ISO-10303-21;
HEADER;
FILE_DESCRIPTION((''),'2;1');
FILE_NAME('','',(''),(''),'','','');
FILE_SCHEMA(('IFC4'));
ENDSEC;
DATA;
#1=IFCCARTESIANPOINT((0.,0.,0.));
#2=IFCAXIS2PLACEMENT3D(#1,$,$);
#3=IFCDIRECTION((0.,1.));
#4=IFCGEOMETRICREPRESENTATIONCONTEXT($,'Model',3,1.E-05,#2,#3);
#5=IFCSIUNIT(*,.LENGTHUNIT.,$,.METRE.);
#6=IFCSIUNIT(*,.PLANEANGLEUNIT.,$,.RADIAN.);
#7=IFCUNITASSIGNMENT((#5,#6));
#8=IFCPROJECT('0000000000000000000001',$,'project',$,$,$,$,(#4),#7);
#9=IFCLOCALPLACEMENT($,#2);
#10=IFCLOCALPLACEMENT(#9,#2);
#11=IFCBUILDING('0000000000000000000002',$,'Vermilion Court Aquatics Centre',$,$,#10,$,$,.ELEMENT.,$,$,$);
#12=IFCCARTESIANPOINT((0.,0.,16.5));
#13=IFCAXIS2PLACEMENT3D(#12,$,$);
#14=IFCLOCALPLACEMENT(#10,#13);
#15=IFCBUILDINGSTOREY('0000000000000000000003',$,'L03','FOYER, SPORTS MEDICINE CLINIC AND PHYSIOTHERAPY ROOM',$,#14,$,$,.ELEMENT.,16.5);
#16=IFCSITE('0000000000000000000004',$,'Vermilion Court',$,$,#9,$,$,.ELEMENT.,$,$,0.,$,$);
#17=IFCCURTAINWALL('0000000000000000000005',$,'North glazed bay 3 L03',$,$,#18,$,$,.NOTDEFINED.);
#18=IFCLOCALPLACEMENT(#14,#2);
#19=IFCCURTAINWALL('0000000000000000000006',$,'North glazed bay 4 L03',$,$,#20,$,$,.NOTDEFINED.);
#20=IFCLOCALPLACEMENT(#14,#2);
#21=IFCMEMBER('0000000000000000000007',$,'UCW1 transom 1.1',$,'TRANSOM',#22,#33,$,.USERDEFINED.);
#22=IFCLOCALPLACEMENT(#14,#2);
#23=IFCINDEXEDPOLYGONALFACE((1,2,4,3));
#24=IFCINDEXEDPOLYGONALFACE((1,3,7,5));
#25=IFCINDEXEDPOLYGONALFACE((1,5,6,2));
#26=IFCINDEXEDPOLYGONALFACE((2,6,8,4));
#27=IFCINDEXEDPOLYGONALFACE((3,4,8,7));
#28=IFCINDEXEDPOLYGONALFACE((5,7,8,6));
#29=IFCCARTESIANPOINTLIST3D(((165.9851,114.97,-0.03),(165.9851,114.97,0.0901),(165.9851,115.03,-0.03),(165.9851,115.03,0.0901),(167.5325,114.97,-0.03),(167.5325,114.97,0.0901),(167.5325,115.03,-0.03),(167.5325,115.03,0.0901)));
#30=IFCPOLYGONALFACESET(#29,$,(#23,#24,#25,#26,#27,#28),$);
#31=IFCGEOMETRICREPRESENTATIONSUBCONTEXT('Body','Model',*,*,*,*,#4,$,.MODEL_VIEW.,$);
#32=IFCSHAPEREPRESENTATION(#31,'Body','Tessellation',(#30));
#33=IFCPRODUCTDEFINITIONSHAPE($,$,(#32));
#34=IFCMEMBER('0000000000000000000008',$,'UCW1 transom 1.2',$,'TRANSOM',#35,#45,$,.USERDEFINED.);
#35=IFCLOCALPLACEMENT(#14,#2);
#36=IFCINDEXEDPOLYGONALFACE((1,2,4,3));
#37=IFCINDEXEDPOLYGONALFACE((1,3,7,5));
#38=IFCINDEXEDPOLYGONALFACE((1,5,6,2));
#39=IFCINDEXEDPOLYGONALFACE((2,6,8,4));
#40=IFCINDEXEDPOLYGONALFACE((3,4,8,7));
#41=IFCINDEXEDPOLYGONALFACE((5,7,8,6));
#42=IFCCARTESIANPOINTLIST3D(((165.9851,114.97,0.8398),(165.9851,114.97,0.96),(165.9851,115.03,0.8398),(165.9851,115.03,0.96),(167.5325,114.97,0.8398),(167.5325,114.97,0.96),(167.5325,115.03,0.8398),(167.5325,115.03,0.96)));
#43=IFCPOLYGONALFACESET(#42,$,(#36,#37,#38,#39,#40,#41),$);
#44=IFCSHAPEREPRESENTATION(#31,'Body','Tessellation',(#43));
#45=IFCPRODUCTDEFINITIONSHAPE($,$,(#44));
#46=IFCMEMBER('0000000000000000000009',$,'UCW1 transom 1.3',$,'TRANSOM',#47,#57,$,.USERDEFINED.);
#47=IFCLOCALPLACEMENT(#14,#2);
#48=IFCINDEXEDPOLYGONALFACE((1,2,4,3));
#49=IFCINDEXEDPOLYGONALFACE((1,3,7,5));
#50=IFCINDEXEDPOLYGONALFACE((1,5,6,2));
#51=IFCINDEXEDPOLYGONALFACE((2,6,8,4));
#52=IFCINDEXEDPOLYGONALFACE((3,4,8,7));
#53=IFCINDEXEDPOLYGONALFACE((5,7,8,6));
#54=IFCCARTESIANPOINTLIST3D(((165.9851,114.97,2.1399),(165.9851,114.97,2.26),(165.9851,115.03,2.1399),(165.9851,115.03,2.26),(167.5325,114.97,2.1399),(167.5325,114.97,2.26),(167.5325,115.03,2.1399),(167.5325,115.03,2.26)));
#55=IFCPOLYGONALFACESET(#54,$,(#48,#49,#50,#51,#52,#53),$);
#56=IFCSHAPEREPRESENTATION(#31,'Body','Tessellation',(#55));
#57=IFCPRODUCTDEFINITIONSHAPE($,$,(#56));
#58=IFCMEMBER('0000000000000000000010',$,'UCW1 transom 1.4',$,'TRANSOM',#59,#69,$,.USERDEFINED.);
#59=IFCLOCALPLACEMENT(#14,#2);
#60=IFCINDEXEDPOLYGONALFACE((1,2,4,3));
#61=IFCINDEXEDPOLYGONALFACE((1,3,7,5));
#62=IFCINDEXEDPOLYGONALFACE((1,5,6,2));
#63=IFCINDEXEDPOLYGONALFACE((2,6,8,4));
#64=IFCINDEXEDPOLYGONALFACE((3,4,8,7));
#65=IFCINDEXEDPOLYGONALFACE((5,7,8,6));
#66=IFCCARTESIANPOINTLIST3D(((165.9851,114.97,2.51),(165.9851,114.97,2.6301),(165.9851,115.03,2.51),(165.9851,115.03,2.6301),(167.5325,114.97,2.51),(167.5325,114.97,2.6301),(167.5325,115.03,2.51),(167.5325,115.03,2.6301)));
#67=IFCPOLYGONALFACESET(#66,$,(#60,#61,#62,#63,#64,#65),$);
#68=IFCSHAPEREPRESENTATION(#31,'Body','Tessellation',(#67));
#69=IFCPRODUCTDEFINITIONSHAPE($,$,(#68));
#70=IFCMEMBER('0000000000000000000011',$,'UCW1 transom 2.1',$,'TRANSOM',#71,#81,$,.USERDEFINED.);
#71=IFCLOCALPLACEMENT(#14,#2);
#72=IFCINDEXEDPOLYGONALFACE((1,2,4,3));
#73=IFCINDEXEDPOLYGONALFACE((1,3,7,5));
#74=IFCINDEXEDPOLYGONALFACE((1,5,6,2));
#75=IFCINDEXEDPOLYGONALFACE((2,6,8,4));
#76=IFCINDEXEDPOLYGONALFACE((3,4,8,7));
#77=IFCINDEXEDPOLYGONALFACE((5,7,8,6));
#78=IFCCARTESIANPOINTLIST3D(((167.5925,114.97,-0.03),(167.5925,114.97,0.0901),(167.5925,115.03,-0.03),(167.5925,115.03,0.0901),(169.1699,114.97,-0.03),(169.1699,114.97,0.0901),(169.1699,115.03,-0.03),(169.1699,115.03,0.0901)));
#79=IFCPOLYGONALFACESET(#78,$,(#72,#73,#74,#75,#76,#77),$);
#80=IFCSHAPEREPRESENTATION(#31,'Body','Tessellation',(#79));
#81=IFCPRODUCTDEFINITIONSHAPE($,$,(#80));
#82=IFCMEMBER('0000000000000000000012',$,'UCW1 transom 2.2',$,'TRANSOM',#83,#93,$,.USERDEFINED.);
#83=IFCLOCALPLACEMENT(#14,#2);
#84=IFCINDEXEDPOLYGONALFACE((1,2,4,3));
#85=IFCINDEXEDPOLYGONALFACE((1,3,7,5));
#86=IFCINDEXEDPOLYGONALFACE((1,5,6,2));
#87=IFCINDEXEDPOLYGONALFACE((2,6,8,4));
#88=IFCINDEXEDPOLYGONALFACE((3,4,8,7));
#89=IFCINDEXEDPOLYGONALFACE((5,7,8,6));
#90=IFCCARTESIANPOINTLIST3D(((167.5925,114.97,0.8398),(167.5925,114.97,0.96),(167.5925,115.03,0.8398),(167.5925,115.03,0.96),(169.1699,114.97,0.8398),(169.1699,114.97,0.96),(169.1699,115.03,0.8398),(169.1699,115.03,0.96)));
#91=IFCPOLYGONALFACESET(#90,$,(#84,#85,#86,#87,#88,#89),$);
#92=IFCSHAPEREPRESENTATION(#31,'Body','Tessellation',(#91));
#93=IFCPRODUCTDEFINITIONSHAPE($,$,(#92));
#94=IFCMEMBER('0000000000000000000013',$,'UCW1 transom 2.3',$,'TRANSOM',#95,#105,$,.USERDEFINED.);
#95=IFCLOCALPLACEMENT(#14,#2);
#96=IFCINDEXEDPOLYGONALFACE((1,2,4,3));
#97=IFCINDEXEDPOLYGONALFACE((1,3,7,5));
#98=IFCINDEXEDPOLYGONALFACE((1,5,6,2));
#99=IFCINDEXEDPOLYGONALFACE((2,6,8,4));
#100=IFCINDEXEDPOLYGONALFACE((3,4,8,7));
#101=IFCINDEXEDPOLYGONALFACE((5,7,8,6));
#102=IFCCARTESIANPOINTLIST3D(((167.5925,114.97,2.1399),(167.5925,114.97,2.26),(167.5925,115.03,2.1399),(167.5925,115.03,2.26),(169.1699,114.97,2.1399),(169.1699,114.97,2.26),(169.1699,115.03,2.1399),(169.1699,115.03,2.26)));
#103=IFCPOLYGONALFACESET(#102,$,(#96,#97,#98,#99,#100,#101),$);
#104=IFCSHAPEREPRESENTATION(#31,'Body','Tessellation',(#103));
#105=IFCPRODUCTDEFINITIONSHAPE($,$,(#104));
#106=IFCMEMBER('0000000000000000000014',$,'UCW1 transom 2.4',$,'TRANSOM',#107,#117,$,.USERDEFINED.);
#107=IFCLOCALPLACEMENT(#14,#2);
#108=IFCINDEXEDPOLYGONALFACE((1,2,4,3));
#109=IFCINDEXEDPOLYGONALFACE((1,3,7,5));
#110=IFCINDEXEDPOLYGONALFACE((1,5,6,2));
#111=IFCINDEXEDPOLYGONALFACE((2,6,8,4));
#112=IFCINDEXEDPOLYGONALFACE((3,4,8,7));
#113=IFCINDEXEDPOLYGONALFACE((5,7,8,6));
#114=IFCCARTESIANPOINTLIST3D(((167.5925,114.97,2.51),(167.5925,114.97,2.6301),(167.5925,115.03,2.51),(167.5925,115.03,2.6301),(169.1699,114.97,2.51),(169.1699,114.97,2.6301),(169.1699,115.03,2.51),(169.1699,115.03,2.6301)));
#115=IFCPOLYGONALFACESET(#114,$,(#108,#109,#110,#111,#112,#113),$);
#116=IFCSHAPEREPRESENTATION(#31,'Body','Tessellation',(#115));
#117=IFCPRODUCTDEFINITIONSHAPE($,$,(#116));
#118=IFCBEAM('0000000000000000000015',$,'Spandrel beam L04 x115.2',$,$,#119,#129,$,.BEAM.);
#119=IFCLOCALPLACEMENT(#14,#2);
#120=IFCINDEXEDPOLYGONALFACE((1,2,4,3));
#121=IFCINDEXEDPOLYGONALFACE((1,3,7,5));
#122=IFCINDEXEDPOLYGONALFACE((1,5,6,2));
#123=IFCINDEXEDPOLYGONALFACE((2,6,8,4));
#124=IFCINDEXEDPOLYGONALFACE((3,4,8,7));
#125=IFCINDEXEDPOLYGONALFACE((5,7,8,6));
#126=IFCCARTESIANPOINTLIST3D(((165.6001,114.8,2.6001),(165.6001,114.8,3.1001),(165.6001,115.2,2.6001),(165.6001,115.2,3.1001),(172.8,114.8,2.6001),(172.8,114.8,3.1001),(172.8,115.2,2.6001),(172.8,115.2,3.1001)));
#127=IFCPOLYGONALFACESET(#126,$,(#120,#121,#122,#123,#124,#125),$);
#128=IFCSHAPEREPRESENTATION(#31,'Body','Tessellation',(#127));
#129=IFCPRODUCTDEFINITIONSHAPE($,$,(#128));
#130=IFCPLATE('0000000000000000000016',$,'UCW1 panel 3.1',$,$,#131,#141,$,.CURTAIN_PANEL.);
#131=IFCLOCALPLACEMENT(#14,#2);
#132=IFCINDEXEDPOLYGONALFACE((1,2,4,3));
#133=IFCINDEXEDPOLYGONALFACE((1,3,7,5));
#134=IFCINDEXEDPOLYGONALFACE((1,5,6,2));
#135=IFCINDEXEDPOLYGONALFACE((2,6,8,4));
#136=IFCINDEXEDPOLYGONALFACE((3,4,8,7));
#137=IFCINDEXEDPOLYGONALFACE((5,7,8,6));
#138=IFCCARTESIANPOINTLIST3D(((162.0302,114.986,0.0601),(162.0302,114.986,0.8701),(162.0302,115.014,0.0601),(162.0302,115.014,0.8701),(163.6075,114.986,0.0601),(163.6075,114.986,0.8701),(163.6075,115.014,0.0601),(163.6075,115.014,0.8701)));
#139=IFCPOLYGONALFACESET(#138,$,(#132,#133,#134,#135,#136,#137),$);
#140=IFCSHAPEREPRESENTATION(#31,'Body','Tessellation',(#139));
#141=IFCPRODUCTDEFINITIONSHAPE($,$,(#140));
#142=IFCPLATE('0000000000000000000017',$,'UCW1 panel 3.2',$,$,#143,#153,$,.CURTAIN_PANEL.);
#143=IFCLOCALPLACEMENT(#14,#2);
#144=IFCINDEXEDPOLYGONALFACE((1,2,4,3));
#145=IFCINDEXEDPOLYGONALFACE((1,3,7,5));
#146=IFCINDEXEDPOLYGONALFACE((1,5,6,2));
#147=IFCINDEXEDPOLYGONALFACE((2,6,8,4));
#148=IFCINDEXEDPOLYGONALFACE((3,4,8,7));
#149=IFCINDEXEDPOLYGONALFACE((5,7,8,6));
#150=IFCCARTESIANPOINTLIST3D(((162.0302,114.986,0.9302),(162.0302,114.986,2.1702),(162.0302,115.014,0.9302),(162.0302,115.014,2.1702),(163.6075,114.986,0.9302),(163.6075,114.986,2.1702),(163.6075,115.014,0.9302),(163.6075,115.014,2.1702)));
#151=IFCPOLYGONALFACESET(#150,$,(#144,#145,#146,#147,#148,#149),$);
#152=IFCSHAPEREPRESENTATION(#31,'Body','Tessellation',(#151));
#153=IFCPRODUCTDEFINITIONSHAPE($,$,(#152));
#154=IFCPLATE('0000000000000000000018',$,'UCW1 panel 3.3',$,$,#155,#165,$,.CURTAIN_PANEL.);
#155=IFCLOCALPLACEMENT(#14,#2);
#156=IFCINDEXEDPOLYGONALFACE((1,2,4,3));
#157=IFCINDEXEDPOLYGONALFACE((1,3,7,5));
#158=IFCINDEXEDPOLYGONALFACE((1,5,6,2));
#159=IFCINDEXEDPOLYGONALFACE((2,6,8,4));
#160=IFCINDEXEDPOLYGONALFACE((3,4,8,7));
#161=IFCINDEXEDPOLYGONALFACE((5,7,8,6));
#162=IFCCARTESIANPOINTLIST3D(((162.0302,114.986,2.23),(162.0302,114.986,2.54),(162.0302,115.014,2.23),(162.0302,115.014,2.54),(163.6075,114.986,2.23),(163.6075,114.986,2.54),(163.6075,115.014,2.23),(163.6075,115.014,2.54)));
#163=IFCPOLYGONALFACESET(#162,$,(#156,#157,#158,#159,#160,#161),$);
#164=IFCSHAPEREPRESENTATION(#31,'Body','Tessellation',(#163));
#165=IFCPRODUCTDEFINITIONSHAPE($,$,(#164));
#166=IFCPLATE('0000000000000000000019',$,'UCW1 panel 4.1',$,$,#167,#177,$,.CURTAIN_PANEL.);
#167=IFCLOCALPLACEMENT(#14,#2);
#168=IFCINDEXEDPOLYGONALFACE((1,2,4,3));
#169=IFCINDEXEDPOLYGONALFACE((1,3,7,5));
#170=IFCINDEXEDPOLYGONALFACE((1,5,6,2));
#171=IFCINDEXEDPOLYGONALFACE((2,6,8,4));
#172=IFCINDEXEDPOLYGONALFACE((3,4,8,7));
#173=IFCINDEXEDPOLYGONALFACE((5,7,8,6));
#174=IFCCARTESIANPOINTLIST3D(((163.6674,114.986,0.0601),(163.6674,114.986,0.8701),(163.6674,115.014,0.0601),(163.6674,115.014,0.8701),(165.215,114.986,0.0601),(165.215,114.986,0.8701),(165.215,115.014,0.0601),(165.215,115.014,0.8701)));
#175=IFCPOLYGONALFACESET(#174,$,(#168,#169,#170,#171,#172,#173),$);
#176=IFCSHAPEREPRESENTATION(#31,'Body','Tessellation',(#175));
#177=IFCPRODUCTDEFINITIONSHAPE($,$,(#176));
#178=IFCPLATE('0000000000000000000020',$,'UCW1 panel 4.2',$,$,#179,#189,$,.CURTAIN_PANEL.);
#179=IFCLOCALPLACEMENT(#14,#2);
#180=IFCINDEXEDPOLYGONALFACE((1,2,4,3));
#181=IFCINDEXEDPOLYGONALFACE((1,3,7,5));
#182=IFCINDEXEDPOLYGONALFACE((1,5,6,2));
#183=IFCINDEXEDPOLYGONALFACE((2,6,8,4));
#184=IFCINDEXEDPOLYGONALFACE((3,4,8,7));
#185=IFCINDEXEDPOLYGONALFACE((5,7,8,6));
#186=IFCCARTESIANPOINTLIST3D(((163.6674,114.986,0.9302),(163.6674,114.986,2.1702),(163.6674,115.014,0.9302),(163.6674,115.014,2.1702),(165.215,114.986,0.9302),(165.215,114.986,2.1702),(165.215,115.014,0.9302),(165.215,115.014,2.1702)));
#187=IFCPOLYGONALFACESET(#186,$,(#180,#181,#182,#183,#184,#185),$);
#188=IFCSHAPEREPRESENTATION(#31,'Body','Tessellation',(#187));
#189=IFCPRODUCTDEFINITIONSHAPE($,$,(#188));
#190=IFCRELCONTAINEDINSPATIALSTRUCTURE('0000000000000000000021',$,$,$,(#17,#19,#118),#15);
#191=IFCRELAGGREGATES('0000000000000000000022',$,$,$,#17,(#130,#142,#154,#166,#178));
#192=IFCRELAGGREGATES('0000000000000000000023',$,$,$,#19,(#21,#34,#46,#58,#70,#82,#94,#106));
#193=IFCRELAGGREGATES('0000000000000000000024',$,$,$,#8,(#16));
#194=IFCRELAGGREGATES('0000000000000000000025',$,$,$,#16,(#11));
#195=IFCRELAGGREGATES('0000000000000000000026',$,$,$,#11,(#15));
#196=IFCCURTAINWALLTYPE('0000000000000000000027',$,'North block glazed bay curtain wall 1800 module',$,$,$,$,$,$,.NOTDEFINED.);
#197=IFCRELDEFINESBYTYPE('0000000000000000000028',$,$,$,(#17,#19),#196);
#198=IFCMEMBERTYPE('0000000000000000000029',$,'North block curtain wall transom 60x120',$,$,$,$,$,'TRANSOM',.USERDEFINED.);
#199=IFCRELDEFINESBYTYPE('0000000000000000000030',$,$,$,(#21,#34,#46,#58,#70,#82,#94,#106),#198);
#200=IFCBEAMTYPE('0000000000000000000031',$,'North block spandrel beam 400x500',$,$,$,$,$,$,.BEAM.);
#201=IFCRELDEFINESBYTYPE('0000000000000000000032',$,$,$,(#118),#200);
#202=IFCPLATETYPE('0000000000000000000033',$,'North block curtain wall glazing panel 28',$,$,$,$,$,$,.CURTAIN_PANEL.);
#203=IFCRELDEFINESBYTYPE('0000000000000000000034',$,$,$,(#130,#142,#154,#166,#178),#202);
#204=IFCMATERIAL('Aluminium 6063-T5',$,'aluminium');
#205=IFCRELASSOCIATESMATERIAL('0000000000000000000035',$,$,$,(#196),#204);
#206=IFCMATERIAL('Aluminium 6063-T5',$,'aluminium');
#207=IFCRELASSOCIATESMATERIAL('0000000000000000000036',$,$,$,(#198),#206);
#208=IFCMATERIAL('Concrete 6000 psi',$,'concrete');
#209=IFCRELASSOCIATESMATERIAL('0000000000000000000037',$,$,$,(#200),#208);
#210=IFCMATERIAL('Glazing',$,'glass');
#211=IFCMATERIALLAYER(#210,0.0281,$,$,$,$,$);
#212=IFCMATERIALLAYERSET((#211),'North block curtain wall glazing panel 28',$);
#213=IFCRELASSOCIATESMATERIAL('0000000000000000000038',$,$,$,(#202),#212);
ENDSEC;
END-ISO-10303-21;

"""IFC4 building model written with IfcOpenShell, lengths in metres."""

from ifc_helpers import new_model, si_unit, direction, frame, origin, origin_2d, place, context, subcontext, project, spatial, rectangle, extrude, material, layer, layer_set, material_profile, profile_set, type_object, element, aggregate, save


model = new_model("IFC4")

# Units and contexts
model_context = context("Model", 3, precision=1e-05, world=origin(), true_north=direction((0.0, 1.0)))
body_context = subcontext(model_context, "Body", "Model", "MODEL_VIEW")
ifc_project = project(units=[si_unit("LENGTHUNIT", "METRE"), si_unit("PLANEANGLEUNIT", "RADIAN")], contexts=[model_context])

# Site, building, storey
site_placement = place(None, origin())
site = spatial("IfcSite", under=ifc_project, at=site_placement, Name="Vermilion Court", CompositionType="ELEMENT", RefElevation=0.0)
building_placement = place(site_placement, origin())
building = spatial("IfcBuilding", under=site, at=building_placement, Name="Vermilion Court Aquatics Centre", CompositionType="ELEMENT")
storey_placement = place(building_placement, frame((0.0, 0.0, 16.5)))
storey = spatial("IfcBuildingStorey", under=building, at=storey_placement, Name="L03", Description="FOYER, SPORTS MEDICINE CLINIC AND PHYSIOTHERAPY ROOM", CompositionType="ELEMENT", Elevation=16.5)

# Curtain walls
ifc_material_1 = material(Name="Aluminium 6063-T5", Category="aluminium")
curtain_wall_type = type_object("IfcCurtainWallType", Name="North block glazed bay curtain wall 1800 module", PredefinedType="NOTDEFINED", material=ifc_material_1)
curtain_wall_1_placement = place(storey_placement, origin())
curtain_wall_1 = element("IfcCurtainWall", 1, at=curtain_wall_1_placement, inside=storey, type_object=curtain_wall_type, Name="North glazed bay 3 L03", PredefinedType="NOTDEFINED")
curtain_wall_2_placement = place(storey_placement, origin())
curtain_wall_2 = element("IfcCurtainWall", 2, at=curtain_wall_2_placement, inside=storey, type_object=curtain_wall_type, Name="North glazed bay 4 L03", PredefinedType="NOTDEFINED")

# Members
ifc_material_2 = material(Name="Aluminium 6063-T5", Category="aluminium")
ifc_material_profile_1 = material_profile(ifc_material_2, rectangle(XDim=0.0601, YDim=0.1201, at=origin_2d()), Name="AL 60x120")
ifc_profile_set_1 = profile_set([ifc_material_profile_1], Name="Aluminium 6063-T5")
member_type_1 = type_object("IfcMemberType", Name="North block curtain wall transom 60x120", ElementType="TRANSOM", PredefinedType="USERDEFINED", material=ifc_profile_set_1)
member_1_placement = place(storey_placement, frame((165.9851, 115.0, 0.03), z_axis=(1.0, 0.0, 0.0), x_axis=(0.0, 1.0, 0.0)))
member_1 = element("IfcMember", 3, at=member_1_placement, type_object=member_type_1, Name="UCW1 transom 1.1", ObjectType="TRANSOM", PredefinedType="USERDEFINED", context=body_context, shape_type="SweptSolid", body=[
    extrude(rectangle(XDim=0.0601, YDim=0.1201, at=origin_2d()), origin(), (0.0, 0.0, 1.0), 1.5474),
])
member_2_placement = place(storey_placement, frame((165.9851, 115.0, 0.8999), z_axis=(1.0, 0.0, 0.0), x_axis=(0.0, 1.0, 0.0)))
member_2 = element("IfcMember", 4, at=member_2_placement, type_object=member_type_1, Name="UCW1 transom 1.2", ObjectType="TRANSOM", PredefinedType="USERDEFINED", context=body_context, shape_type="SweptSolid", body=[
    extrude(rectangle(XDim=0.0601, YDim=0.1201, at=origin_2d()), origin(), (0.0, 0.0, 1.0), 1.5474),
])
member_3_placement = place(storey_placement, frame((165.9851, 115.0, 2.2), z_axis=(1.0, 0.0, 0.0), x_axis=(0.0, 1.0, 0.0)))
member_3 = element("IfcMember", 5, at=member_3_placement, type_object=member_type_1, Name="UCW1 transom 1.3", ObjectType="TRANSOM", PredefinedType="USERDEFINED", context=body_context, shape_type="SweptSolid", body=[
    extrude(rectangle(XDim=0.0601, YDim=0.1201, at=origin_2d()), origin(), (0.0, 0.0, 1.0), 1.5474),
])
member_4_placement = place(storey_placement, frame((165.9851, 115.0, 2.5701), z_axis=(1.0, 0.0, 0.0), x_axis=(0.0, 1.0, 0.0)))
member_4 = element("IfcMember", 6, at=member_4_placement, type_object=member_type_1, Name="UCW1 transom 1.4", ObjectType="TRANSOM", PredefinedType="USERDEFINED", context=body_context, shape_type="SweptSolid", body=[
    extrude(rectangle(XDim=0.0601, YDim=0.1201, at=origin_2d()), origin(), (0.0, 0.0, 1.0), 1.5474),
])
member_5_placement = place(storey_placement, frame((167.5925, 115.0, 0.03), z_axis=(1.0, 0.0, 0.0), x_axis=(0.0, 1.0, 0.0)))
member_5 = element("IfcMember", 7, at=member_5_placement, type_object=member_type_1, Name="UCW1 transom 2.1", ObjectType="TRANSOM", PredefinedType="USERDEFINED", context=body_context, shape_type="SweptSolid", body=[
    extrude(rectangle(XDim=0.0601, YDim=0.1201, at=origin_2d()), origin(), (0.0, 0.0, 1.0), 1.5774),
])
member_6_placement = place(storey_placement, frame((167.5925, 115.0, 0.8999), z_axis=(1.0, 0.0, 0.0), x_axis=(0.0, 1.0, 0.0)))
member_6 = element("IfcMember", 8, at=member_6_placement, type_object=member_type_1, Name="UCW1 transom 2.2", ObjectType="TRANSOM", PredefinedType="USERDEFINED", context=body_context, shape_type="SweptSolid", body=[
    extrude(rectangle(XDim=0.0601, YDim=0.1201, at=origin_2d()), origin(), (0.0, 0.0, 1.0), 1.5774),
])
member_7_placement = place(storey_placement, frame((167.5925, 115.0, 2.2), z_axis=(1.0, 0.0, 0.0), x_axis=(0.0, 1.0, 0.0)))
member_7 = element("IfcMember", 9, at=member_7_placement, type_object=member_type_1, Name="UCW1 transom 2.3", ObjectType="TRANSOM", PredefinedType="USERDEFINED", context=body_context, shape_type="SweptSolid", body=[
    extrude(rectangle(XDim=0.0601, YDim=0.1201, at=origin_2d()), origin(), (0.0, 0.0, 1.0), 1.5774),
])
member_8_placement = place(storey_placement, frame((167.5925, 115.0, 2.5701), z_axis=(1.0, 0.0, 0.0), x_axis=(0.0, 1.0, 0.0)))
member_8 = element("IfcMember", 10, at=member_8_placement, type_object=member_type_1, Name="UCW1 transom 2.4", ObjectType="TRANSOM", PredefinedType="USERDEFINED", context=body_context, shape_type="SweptSolid", body=[
    extrude(rectangle(XDim=0.0601, YDim=0.1201, at=origin_2d()), origin(), (0.0, 0.0, 1.0), 1.5774),
])

# Beam
ifc_material_3 = material(Name="Concrete 6000 psi", Category="concrete")
ifc_material_profile_2 = material_profile(ifc_material_3, rectangle(XDim=0.3999, YDim=0.5, at=origin_2d()), Name="RC 400x500")
ifc_profile_set_2 = profile_set([ifc_material_profile_2], Name="Concrete 6000 psi")
beam_type = type_object("IfcBeamType", Name="North block spandrel beam 400x500", PredefinedType="BEAM", material=ifc_profile_set_2)
beam_placement = place(storey_placement, frame((165.6001, 115.0, 2.8501), z_axis=(1.0, 0.0, 0.0), x_axis=(0.0, 1.0, 0.0)))
element("IfcBeam", 11, at=beam_placement, inside=storey, type_object=beam_type, Name="Spandrel beam L04 x115.2", PredefinedType="BEAM", context=body_context, shape_type="SweptSolid", body=[
    extrude(rectangle(XDim=0.3999, YDim=0.5, at=origin_2d()), origin(), (0.0, 0.0, 1.0), 7.2),
])

# Plates
ifc_material_4 = material(Name="Glazing", Category="glass")
ifc_layer = layer(ifc_material_4, 0.0281)
ifc_layer_set = layer_set([ifc_layer], Name="North block curtain wall glazing panel 28")
plate_type = type_object("IfcPlateType", Name="North block curtain wall glazing panel 28", PredefinedType="CURTAIN_PANEL", material=ifc_layer_set)
plate_1_placement = place(storey_placement, frame((162.8188, 115.0, 0.0601), z_axis=(0.0, 0.0, 1.0), x_axis=(1.0, 0.0, 0.0)))
plate_1 = element("IfcPlate", 12, at=plate_1_placement, type_object=plate_type, Name="UCW1 panel 3.1", PredefinedType="CURTAIN_PANEL", context=body_context, shape_type="SweptSolid", body=[
    extrude(rectangle(XDim=1.5774, YDim=0.0281, at=origin_2d()), origin(), (0.0, 0.0, 1.0), 0.8101),
])
plate_2_placement = place(storey_placement, frame((162.8188, 115.0, 0.9302), z_axis=(0.0, 0.0, 1.0), x_axis=(1.0, 0.0, 0.0)))
plate_2 = element("IfcPlate", 13, at=plate_2_placement, type_object=plate_type, Name="UCW1 panel 3.2", PredefinedType="CURTAIN_PANEL", context=body_context, shape_type="SweptSolid", body=[
    extrude(rectangle(XDim=1.5774, YDim=0.0281, at=origin_2d()), origin(), (0.0, 0.0, 1.0), 1.24),
])
plate_3_placement = place(storey_placement, frame((162.8188, 115.0, 2.23), z_axis=(0.0, 0.0, 1.0), x_axis=(1.0, 0.0, 0.0)))
plate_3 = element("IfcPlate", 14, at=plate_3_placement, type_object=plate_type, Name="UCW1 panel 3.3", PredefinedType="CURTAIN_PANEL", context=body_context, shape_type="SweptSolid", body=[
    extrude(rectangle(XDim=1.5774, YDim=0.0281, at=origin_2d()), origin(), (0.0, 0.0, 1.0), 0.3101),
])
plate_4_placement = place(storey_placement, frame((164.4412, 115.0, 0.0601), z_axis=(0.0, 0.0, 1.0), x_axis=(1.0, 0.0, 0.0)))
plate_4 = element("IfcPlate", 15, at=plate_4_placement, type_object=plate_type, Name="UCW1 panel 4.1", PredefinedType="CURTAIN_PANEL", context=body_context, shape_type="SweptSolid", body=[
    extrude(rectangle(XDim=1.5476, YDim=0.0281, at=origin_2d()), origin(), (0.0, 0.0, 1.0), 0.8101),
])
plate_5_placement = place(storey_placement, frame((164.4412, 115.0, 0.9302), z_axis=(0.0, 0.0, 1.0), x_axis=(1.0, 0.0, 0.0)))
plate_5 = element("IfcPlate", 16, at=plate_5_placement, type_object=plate_type, Name="UCW1 panel 4.2", PredefinedType="CURTAIN_PANEL", context=body_context, shape_type="SweptSolid", body=[
    extrude(rectangle(XDim=1.5476, YDim=0.0281, at=origin_2d()), origin(), (0.0, 0.0, 1.0), 1.24),
])
aggregate(curtain_wall_1, [plate_1, plate_2, plate_3, plate_4, plate_5])
aggregate(curtain_wall_2, [member_1, member_2, member_3, member_4, member_5, member_6, member_7, member_8])

save(model, "model.ifc")
